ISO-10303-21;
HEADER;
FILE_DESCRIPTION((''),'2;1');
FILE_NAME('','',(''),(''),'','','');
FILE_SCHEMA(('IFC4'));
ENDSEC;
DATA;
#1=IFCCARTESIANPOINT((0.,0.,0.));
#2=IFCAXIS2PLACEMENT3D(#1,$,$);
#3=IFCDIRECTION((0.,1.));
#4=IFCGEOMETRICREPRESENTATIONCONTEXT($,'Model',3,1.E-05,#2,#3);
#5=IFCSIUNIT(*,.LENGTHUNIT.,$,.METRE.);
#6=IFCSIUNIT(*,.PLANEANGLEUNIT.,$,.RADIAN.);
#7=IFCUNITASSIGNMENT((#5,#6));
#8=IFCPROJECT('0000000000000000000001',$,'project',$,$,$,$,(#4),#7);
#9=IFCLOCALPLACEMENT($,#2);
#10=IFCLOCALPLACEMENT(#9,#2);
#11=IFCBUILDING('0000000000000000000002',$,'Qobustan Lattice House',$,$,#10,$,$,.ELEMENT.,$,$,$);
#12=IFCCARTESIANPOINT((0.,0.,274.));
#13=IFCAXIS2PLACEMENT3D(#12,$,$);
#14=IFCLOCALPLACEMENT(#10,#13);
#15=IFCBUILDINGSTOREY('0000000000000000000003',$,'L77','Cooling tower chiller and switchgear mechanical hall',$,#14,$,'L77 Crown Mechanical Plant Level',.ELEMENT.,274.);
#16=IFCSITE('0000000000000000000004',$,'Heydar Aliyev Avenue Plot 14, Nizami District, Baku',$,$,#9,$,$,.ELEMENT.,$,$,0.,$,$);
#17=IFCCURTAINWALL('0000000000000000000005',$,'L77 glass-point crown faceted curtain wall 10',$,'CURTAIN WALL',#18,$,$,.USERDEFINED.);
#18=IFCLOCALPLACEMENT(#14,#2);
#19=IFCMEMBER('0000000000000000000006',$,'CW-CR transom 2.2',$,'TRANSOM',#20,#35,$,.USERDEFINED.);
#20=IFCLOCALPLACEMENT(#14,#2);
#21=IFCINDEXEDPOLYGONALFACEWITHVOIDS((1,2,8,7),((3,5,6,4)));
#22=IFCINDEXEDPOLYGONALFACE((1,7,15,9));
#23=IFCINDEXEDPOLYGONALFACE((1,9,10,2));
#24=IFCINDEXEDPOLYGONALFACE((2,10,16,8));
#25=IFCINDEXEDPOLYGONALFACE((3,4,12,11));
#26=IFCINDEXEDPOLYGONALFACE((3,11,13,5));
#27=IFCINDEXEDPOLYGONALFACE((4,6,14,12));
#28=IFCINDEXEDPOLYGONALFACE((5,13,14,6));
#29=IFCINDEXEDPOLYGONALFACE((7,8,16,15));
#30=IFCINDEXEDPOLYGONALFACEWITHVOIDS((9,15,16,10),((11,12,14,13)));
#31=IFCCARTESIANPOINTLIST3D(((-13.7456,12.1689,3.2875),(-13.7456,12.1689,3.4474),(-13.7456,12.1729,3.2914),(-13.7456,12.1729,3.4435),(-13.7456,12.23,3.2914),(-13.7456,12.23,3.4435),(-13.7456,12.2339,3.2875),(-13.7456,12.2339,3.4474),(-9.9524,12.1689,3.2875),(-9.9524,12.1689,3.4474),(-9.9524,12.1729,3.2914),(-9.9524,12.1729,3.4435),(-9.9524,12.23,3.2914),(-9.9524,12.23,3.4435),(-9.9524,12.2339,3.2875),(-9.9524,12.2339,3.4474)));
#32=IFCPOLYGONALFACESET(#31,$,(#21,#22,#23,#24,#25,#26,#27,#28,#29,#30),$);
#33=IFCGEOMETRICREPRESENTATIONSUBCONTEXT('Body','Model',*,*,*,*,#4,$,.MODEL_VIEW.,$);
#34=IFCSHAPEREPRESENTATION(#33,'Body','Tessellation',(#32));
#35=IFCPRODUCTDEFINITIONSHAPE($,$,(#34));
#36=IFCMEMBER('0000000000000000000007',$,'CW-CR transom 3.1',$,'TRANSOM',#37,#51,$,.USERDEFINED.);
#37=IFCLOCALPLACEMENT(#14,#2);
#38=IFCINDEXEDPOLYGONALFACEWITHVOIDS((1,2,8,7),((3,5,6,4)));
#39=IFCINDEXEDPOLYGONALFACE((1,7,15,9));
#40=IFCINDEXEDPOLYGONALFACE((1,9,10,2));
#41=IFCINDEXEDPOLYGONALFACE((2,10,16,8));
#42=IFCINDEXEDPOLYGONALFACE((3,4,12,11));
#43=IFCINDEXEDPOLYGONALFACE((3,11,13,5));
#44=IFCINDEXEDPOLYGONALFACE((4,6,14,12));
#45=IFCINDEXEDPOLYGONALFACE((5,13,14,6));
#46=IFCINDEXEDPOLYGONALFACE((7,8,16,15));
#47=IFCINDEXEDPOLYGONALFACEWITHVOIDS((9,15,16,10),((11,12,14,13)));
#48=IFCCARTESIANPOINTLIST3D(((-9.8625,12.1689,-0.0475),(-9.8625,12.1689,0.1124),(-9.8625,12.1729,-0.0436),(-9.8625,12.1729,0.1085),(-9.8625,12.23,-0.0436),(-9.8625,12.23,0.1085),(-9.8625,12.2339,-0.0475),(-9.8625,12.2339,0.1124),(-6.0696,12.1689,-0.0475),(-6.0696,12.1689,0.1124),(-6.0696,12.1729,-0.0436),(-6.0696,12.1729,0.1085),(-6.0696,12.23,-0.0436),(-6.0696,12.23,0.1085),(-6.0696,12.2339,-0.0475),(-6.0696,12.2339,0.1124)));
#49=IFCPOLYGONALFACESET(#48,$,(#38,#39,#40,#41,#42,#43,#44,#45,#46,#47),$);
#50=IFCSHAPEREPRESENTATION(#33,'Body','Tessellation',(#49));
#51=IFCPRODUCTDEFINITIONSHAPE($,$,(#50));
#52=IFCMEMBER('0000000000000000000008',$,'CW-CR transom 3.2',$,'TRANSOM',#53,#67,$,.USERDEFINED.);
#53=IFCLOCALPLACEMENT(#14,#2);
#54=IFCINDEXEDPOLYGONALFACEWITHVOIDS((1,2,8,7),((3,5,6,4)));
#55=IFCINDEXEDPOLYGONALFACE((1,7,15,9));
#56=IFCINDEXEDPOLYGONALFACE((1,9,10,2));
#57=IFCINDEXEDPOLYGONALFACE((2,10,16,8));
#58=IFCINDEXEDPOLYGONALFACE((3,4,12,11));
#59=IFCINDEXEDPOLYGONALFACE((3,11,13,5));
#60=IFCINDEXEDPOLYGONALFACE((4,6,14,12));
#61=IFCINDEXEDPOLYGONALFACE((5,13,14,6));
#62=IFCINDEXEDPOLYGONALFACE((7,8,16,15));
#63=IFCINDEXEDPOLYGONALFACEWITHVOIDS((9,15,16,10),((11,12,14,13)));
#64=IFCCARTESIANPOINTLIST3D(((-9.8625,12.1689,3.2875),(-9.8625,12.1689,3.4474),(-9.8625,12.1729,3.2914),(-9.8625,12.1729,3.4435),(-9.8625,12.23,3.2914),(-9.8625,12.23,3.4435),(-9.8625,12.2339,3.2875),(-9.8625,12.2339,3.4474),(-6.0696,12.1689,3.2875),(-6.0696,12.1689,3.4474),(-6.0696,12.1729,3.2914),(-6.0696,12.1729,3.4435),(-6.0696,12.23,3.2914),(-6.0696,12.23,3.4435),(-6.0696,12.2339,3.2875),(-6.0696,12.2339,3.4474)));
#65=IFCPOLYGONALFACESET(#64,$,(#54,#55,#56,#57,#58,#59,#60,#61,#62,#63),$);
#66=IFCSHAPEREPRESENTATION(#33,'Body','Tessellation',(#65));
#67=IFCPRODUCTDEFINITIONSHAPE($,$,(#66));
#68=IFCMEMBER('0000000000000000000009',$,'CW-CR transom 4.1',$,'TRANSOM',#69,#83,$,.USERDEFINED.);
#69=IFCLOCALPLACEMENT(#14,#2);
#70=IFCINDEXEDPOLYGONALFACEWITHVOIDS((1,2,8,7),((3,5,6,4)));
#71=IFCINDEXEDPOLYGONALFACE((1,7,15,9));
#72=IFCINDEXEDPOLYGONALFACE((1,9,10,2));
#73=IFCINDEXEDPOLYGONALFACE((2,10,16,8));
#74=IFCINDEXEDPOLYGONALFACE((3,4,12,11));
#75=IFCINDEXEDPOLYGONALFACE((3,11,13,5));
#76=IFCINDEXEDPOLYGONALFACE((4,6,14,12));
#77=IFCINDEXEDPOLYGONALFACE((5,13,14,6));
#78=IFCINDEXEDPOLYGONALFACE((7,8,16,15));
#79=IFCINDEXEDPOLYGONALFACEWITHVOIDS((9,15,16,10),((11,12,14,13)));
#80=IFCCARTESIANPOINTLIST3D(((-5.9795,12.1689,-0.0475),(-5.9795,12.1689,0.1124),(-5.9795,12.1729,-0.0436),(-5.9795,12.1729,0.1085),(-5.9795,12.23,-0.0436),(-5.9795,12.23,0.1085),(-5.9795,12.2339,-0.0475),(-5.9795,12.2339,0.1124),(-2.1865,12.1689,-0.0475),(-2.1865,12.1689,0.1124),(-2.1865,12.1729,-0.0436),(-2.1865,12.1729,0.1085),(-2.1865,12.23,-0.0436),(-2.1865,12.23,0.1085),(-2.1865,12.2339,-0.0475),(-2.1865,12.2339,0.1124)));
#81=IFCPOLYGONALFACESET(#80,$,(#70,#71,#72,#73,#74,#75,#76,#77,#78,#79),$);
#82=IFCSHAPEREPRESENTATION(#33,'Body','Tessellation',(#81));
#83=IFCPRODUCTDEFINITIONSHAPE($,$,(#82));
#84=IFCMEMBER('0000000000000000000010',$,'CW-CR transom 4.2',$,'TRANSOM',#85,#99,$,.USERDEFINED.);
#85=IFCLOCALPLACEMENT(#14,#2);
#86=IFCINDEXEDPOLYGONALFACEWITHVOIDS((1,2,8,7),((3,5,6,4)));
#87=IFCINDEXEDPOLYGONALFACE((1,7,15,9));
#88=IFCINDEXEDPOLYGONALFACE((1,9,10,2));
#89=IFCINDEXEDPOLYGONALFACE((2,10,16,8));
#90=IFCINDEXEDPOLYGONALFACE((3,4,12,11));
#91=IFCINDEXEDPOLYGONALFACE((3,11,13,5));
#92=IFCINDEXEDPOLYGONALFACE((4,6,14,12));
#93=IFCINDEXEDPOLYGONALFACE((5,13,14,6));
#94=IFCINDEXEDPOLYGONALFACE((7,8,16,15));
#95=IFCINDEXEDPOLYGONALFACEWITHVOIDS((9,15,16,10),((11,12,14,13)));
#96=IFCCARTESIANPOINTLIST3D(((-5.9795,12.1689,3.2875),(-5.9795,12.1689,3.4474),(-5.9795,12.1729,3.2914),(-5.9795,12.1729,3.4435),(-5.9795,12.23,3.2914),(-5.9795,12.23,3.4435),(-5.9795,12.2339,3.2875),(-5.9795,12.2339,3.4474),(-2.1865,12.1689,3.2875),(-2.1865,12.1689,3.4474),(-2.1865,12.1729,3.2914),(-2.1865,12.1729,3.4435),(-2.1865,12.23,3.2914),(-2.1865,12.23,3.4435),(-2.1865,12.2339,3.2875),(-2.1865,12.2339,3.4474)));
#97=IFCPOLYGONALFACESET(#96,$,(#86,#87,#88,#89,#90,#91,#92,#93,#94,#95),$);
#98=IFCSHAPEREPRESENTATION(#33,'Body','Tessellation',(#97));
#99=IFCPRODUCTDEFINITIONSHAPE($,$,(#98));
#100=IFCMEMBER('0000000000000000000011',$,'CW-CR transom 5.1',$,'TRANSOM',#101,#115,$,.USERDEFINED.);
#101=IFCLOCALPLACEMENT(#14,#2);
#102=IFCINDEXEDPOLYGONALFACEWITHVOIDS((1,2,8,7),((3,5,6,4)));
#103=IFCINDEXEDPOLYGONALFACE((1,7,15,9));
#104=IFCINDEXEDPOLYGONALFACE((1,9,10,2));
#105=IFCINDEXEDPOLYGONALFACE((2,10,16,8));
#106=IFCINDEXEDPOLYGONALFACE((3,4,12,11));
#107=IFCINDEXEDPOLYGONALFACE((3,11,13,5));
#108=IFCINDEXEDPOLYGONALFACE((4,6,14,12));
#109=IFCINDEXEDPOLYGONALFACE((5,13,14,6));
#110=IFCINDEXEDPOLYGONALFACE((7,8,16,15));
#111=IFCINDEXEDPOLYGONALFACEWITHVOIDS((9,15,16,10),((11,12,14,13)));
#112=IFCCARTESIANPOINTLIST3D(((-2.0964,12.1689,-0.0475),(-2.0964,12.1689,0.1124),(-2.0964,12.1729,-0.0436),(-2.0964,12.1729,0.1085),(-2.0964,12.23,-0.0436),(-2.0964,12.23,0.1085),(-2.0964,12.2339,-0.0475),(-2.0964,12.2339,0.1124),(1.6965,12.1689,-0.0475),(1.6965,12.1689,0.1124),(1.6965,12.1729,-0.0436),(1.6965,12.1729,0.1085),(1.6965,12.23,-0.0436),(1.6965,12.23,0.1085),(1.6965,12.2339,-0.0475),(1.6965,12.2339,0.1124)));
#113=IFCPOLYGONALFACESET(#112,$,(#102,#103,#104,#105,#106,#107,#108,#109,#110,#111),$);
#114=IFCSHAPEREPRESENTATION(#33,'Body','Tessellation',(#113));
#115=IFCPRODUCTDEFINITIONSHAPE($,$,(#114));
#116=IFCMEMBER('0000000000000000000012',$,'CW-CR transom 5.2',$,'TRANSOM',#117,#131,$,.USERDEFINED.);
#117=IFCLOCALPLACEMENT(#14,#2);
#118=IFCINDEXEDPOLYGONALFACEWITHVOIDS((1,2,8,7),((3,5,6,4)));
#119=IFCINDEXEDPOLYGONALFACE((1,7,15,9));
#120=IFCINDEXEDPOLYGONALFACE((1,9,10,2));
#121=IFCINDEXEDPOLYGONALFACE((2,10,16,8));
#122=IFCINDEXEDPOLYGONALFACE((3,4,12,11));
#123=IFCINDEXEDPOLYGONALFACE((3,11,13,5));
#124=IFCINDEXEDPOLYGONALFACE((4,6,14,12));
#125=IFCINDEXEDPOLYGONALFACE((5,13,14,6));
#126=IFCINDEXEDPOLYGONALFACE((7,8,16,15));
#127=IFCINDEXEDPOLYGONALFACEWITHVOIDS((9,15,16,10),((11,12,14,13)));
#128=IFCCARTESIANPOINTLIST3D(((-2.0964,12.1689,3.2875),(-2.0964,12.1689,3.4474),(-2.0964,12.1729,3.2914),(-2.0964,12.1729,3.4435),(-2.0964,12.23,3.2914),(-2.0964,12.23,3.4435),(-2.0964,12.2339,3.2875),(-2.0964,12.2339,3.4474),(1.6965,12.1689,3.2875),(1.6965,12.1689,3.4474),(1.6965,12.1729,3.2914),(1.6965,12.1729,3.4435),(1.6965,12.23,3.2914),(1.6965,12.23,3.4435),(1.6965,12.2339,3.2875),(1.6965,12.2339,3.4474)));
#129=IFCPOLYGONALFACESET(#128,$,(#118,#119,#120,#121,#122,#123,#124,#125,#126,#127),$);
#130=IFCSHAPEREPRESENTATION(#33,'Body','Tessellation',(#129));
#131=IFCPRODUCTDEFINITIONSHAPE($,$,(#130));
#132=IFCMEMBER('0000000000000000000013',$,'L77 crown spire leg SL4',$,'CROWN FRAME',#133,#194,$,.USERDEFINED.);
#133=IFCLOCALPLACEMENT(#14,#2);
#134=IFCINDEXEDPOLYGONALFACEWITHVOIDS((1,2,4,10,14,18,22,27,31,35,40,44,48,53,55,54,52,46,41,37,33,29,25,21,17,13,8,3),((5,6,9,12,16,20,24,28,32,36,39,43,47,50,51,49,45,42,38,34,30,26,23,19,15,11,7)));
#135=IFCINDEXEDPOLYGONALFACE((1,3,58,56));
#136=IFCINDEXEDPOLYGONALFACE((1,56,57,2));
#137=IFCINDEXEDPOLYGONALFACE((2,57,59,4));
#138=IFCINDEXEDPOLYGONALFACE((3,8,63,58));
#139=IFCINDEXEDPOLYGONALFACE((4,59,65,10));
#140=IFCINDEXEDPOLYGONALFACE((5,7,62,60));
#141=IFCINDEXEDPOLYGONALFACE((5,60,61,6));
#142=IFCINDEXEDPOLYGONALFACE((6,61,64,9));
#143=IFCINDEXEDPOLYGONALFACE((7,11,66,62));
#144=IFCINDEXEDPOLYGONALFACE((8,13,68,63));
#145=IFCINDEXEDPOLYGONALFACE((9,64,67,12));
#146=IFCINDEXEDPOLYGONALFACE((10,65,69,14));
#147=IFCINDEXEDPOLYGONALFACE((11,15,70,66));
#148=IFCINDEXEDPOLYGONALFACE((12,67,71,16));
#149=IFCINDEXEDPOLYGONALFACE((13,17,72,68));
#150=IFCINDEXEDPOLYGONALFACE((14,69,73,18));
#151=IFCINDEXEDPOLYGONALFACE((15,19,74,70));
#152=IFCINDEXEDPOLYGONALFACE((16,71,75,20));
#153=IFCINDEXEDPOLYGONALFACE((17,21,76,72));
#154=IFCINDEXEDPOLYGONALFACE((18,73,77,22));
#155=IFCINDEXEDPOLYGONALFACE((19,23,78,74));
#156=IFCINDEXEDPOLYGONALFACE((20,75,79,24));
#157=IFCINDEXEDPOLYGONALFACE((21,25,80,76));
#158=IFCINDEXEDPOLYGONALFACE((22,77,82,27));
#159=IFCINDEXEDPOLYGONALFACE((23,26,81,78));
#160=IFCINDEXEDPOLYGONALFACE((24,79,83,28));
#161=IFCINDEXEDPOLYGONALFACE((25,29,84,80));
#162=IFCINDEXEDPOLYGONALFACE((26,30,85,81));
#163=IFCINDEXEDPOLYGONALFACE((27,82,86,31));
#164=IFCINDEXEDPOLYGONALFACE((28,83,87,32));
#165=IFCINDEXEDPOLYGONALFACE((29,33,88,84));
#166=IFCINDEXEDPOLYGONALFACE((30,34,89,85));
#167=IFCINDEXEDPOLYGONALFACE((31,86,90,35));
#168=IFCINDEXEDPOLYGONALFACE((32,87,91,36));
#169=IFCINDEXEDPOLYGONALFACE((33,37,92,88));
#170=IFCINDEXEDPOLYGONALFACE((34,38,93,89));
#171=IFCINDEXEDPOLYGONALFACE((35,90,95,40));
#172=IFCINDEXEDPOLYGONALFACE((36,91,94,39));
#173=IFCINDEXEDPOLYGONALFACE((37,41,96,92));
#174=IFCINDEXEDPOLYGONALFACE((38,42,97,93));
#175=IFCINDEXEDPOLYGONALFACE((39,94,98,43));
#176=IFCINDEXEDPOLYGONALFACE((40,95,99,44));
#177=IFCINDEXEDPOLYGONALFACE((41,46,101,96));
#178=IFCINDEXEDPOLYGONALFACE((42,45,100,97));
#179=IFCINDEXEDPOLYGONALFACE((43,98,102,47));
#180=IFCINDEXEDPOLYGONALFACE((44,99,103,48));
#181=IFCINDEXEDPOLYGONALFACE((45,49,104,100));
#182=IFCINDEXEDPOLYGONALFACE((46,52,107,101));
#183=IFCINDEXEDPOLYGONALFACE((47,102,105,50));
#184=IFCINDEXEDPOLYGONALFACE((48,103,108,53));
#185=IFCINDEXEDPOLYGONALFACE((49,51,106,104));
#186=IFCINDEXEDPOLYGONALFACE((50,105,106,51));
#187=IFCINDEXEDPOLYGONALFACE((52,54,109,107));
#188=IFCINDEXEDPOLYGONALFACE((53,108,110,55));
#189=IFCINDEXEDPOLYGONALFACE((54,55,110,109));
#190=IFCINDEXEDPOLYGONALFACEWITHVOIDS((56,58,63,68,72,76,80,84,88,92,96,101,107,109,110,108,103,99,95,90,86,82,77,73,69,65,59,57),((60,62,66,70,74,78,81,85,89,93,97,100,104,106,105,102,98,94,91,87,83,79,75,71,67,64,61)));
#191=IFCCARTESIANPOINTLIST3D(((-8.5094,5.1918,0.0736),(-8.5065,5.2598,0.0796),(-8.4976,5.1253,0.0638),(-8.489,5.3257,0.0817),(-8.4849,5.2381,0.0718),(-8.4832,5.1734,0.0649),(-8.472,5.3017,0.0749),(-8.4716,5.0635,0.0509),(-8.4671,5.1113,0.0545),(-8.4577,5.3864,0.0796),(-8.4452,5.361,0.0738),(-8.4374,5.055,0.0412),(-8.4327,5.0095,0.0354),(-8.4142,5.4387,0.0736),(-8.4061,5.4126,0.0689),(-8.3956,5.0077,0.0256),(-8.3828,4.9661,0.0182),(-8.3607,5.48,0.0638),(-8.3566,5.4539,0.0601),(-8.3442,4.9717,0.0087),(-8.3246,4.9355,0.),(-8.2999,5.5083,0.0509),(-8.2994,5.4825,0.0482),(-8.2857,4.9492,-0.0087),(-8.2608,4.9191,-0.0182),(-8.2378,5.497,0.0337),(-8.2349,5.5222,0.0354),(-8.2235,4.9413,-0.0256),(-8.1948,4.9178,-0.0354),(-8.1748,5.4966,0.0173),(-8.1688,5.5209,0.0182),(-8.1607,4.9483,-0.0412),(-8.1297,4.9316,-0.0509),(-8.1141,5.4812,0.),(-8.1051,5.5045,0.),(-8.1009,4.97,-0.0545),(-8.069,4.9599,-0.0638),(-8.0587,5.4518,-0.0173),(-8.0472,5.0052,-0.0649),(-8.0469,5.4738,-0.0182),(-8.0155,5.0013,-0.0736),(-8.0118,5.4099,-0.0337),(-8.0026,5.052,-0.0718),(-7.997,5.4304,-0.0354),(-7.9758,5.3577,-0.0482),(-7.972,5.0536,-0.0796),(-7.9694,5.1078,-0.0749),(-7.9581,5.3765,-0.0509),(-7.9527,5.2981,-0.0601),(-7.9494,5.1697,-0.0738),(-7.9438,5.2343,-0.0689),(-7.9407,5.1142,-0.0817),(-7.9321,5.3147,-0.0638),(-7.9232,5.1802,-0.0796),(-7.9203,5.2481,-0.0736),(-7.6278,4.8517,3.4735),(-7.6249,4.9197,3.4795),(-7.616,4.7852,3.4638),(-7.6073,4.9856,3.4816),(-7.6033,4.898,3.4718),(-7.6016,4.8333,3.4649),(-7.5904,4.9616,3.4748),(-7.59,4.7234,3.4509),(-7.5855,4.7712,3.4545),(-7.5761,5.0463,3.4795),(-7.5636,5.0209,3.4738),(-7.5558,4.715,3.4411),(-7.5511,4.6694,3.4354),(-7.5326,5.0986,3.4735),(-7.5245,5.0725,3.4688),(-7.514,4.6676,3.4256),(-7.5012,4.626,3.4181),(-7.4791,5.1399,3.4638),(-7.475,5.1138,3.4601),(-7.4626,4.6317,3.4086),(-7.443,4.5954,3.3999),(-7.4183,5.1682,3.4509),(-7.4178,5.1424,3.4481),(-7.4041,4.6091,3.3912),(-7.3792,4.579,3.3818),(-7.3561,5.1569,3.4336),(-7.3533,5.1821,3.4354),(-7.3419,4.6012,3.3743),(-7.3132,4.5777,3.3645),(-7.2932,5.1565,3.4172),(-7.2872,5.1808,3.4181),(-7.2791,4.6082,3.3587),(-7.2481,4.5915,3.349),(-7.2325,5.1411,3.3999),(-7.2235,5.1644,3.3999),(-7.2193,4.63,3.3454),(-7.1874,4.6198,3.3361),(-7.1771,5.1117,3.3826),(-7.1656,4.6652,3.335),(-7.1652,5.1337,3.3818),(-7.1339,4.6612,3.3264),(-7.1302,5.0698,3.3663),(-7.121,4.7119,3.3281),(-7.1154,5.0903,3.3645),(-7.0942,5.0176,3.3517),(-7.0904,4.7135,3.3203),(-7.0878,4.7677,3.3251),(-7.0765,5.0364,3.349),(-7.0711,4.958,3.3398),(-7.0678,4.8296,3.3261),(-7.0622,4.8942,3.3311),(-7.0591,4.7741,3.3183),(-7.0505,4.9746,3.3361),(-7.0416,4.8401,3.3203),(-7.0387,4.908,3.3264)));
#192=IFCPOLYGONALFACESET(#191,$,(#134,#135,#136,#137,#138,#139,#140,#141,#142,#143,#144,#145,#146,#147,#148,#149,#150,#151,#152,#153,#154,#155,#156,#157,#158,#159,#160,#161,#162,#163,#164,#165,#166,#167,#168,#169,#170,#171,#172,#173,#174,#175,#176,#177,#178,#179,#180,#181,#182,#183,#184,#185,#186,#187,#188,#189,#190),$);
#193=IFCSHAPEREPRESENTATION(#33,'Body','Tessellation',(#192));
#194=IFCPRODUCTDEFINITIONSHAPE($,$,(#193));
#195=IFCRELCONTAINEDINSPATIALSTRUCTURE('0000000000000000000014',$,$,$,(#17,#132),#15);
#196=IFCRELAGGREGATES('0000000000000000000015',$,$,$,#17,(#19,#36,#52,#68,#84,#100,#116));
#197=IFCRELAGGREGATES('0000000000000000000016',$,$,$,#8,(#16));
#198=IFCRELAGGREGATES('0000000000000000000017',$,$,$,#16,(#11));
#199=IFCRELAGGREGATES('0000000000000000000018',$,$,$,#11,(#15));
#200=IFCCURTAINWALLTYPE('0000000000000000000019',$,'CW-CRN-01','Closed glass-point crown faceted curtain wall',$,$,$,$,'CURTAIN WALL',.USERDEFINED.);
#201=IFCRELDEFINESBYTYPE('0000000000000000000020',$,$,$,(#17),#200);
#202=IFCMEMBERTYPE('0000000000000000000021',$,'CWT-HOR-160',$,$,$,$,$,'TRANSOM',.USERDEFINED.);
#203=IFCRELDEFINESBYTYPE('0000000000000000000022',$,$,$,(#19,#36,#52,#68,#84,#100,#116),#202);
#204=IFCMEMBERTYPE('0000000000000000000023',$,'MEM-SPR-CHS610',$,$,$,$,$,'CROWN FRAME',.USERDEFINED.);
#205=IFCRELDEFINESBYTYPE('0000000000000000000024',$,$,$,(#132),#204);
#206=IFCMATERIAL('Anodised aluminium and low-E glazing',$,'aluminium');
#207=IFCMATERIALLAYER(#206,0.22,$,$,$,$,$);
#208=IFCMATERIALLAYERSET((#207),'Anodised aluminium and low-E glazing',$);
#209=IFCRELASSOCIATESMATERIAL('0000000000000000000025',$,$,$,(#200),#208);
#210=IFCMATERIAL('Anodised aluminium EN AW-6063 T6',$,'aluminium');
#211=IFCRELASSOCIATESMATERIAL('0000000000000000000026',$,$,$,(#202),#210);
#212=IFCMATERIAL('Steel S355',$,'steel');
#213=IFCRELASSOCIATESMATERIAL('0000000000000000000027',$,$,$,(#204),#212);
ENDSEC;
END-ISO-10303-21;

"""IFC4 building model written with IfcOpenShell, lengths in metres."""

from ifc_helpers import new_model, si_unit, direction, frame, origin, origin_2d, place, context, subcontext, project, spatial, hollow_rectangle, hollow_circle, extrude, material, layer, layer_set, material_profile, profile_set, type_object, element, aggregate, save


model = new_model("IFC4")

# Units and contexts
model_context = context("Model", 3, precision=1e-05, world=origin(), true_north=direction((0.0, 1.0)))
body_context = subcontext(model_context, "Body", "Model", "MODEL_VIEW")
ifc_project = project(units=[si_unit("LENGTHUNIT", "METRE"), si_unit("PLANEANGLEUNIT", "RADIAN")], contexts=[model_context])

# Site, building, storey
site_placement = place(None, origin())
site = spatial("IfcSite", under=ifc_project, at=site_placement, Name="Heydar Aliyev Avenue Plot 14, Nizami District, Baku", CompositionType="ELEMENT", RefElevation=0.0)
building_placement = place(site_placement, origin())
building = spatial("IfcBuilding", under=site, at=building_placement, Name="Qobustan Lattice House", CompositionType="ELEMENT")
storey_placement = place(building_placement, frame((0.0, 0.0, 274.0)))
storey = spatial("IfcBuildingStorey", under=building, at=storey_placement, Name="L77", Description="Cooling tower chiller and switchgear mechanical hall", LongName="L77 Crown Mechanical Plant Level", CompositionType="ELEMENT", Elevation=274.0)

# Curtain wall, members
ifc_material_1 = material(Name="Anodised aluminium and low-E glazing", Category="aluminium")
ifc_layer_1 = layer(ifc_material_1, 0.22)
ifc_layer_set_1 = layer_set([ifc_layer_1], Name="Anodised aluminium and low-E glazing")
curtain_wall_type = type_object("IfcCurtainWallType", Name="CW-CRN-01", Description="Closed glass-point crown faceted curtain wall", ElementType="CURTAIN WALL", PredefinedType="USERDEFINED", material=ifc_layer_set_1)
curtain_wall_placement = place(storey_placement, origin())
curtain_wall = element("IfcCurtainWall", 1, at=curtain_wall_placement, inside=storey, type_object=curtain_wall_type, Name="L77 glass-point crown faceted curtain wall 10", ObjectType="CURTAIN WALL", PredefinedType="USERDEFINED")
ifc_material_2 = material(Name="Anodised aluminium EN AW-6063 T6", Category="aluminium")
ifc_material_profile_1 = material_profile(ifc_material_2, hollow_rectangle(XDim=0.0649, YDim=0.1599, WallThickness=0.0039, at=origin_2d()), Name="CWT-160x65")
ifc_profile_set_1 = profile_set([ifc_material_profile_1], Name="Anodised aluminium EN AW-6063 T6")
member_type_1 = type_object("IfcMemberType", Name="CWT-HOR-160", ElementType="TRANSOM", PredefinedType="USERDEFINED", material=ifc_profile_set_1)
member_1_placement = place(storey_placement, frame((-13.7456, 12.2014, 3.3674), z_axis=(1.0, 0.0, 0.0), x_axis=(0.0, 1.0, 0.0)))
member_1 = element("IfcMember", 2, at=member_1_placement, type_object=member_type_1, Name="CW-CR transom 2.2", ObjectType="TRANSOM", PredefinedType="USERDEFINED", context=body_context, shape_type="SweptSolid", body=[
    extrude(hollow_rectangle(XDim=0.0649, YDim=0.1599, WallThickness=0.0039, at=origin_2d()), origin(), (0.0, 0.0, 1.0), 3.7932),
])
member_2_placement = place(storey_placement, frame((-9.8625, 12.2014, 0.0325), z_axis=(1.0, 0.0, 0.0), x_axis=(0.0, 1.0, 0.0)))
member_2 = element("IfcMember", 3, at=member_2_placement, type_object=member_type_1, Name="CW-CR transom 3.1", ObjectType="TRANSOM", PredefinedType="USERDEFINED", context=body_context, shape_type="SweptSolid", body=[
    extrude(hollow_rectangle(XDim=0.0649, YDim=0.1599, WallThickness=0.0039, at=origin_2d()), origin(), (0.0, 0.0, 1.0), 3.793),
])
member_3_placement = place(storey_placement, frame((-9.8625, 12.2014, 3.3674), z_axis=(1.0, 0.0, 0.0), x_axis=(0.0, 1.0, 0.0)))
member_3 = element("IfcMember", 4, at=member_3_placement, type_object=member_type_1, Name="CW-CR transom 3.2", ObjectType="TRANSOM", PredefinedType="USERDEFINED", context=body_context, shape_type="SweptSolid", body=[
    extrude(hollow_rectangle(XDim=0.0649, YDim=0.1599, WallThickness=0.0039, at=origin_2d()), origin(), (0.0, 0.0, 1.0), 3.793),
])
member_4_placement = place(storey_placement, frame((-5.9795, 12.2014, 0.0325), z_axis=(1.0, 0.0, 0.0), x_axis=(0.0, 1.0, 0.0)))
member_4 = element("IfcMember", 5, at=member_4_placement, type_object=member_type_1, Name="CW-CR transom 4.1", ObjectType="TRANSOM", PredefinedType="USERDEFINED", context=body_context, shape_type="SweptSolid", body=[
    extrude(hollow_rectangle(XDim=0.0649, YDim=0.1599, WallThickness=0.0039, at=origin_2d()), origin(), (0.0, 0.0, 1.0), 3.793),
])
member_5_placement = place(storey_placement, frame((-5.9795, 12.2014, 3.3674), z_axis=(1.0, 0.0, 0.0), x_axis=(0.0, 1.0, 0.0)))
member_5 = element("IfcMember", 6, at=member_5_placement, type_object=member_type_1, Name="CW-CR transom 4.2", ObjectType="TRANSOM", PredefinedType="USERDEFINED", context=body_context, shape_type="SweptSolid", body=[
    extrude(hollow_rectangle(XDim=0.0649, YDim=0.1599, WallThickness=0.0039, at=origin_2d()), origin(), (0.0, 0.0, 1.0), 3.793),
])
member_6_placement = place(storey_placement, frame((-2.0964, 12.2014, 0.0325), z_axis=(1.0, 0.0, 0.0), x_axis=(0.0, 1.0, 0.0)))
member_6 = element("IfcMember", 7, at=member_6_placement, type_object=member_type_1, Name="CW-CR transom 5.1", ObjectType="TRANSOM", PredefinedType="USERDEFINED", context=body_context, shape_type="SweptSolid", body=[
    extrude(hollow_rectangle(XDim=0.0649, YDim=0.1599, WallThickness=0.0039, at=origin_2d()), origin(), (0.0, 0.0, 1.0), 3.793),
])
member_7_placement = place(storey_placement, frame((-2.0964, 12.2014, 3.3674), z_axis=(1.0, 0.0, 0.0), x_axis=(0.0, 1.0, 0.0)))
member_7 = element("IfcMember", 8, at=member_7_placement, type_object=member_type_1, Name="CW-CR transom 5.2", ObjectType="TRANSOM", PredefinedType="USERDEFINED", context=body_context, shape_type="SweptSolid", body=[
    extrude(hollow_rectangle(XDim=0.0649, YDim=0.1599, WallThickness=0.0039, at=origin_2d()), origin(), (0.0, 0.0, 1.0), 3.793),
])

# Member
ifc_material_3 = material(Name="Steel S355", Category="steel")
ifc_material_profile_2 = material_profile(ifc_material_3, hollow_circle(Radius=0.3049, WallThickness=0.0249, at=origin_2d()), Name="CHS610x25")
ifc_profile_set_2 = profile_set([ifc_material_profile_2], Name="Steel S355")
member_type_2 = type_object("IfcMemberType", Name="MEM-SPR-CHS610", ElementType="CROWN FRAME", PredefinedType="USERDEFINED", material=ifc_profile_set_2)
member_8_placement = place(storey_placement, frame((-8.2148, 5.22, 0.0), z_axis=(0.24983, -0.096376, 0.963482), x_axis=(0.359914, 0.932986, 0.0)))
element("IfcMember", 9, at=member_8_placement, inside=storey, type_object=member_type_2, Name="L77 crown spire leg SL4", ObjectType="CROWN FRAME", PredefinedType="USERDEFINED", context=body_context, shape_type="SweptSolid", body=[
    extrude(hollow_circle(Radius=0.3049, WallThickness=0.0249, at=origin_2d()), origin(), (0.0, 0.0, 1.0), 3.5288),
])

aggregate(curtain_wall, [member_1, member_2, member_3, member_4, member_5, member_6, member_7])

save(model, "model.ifc")
